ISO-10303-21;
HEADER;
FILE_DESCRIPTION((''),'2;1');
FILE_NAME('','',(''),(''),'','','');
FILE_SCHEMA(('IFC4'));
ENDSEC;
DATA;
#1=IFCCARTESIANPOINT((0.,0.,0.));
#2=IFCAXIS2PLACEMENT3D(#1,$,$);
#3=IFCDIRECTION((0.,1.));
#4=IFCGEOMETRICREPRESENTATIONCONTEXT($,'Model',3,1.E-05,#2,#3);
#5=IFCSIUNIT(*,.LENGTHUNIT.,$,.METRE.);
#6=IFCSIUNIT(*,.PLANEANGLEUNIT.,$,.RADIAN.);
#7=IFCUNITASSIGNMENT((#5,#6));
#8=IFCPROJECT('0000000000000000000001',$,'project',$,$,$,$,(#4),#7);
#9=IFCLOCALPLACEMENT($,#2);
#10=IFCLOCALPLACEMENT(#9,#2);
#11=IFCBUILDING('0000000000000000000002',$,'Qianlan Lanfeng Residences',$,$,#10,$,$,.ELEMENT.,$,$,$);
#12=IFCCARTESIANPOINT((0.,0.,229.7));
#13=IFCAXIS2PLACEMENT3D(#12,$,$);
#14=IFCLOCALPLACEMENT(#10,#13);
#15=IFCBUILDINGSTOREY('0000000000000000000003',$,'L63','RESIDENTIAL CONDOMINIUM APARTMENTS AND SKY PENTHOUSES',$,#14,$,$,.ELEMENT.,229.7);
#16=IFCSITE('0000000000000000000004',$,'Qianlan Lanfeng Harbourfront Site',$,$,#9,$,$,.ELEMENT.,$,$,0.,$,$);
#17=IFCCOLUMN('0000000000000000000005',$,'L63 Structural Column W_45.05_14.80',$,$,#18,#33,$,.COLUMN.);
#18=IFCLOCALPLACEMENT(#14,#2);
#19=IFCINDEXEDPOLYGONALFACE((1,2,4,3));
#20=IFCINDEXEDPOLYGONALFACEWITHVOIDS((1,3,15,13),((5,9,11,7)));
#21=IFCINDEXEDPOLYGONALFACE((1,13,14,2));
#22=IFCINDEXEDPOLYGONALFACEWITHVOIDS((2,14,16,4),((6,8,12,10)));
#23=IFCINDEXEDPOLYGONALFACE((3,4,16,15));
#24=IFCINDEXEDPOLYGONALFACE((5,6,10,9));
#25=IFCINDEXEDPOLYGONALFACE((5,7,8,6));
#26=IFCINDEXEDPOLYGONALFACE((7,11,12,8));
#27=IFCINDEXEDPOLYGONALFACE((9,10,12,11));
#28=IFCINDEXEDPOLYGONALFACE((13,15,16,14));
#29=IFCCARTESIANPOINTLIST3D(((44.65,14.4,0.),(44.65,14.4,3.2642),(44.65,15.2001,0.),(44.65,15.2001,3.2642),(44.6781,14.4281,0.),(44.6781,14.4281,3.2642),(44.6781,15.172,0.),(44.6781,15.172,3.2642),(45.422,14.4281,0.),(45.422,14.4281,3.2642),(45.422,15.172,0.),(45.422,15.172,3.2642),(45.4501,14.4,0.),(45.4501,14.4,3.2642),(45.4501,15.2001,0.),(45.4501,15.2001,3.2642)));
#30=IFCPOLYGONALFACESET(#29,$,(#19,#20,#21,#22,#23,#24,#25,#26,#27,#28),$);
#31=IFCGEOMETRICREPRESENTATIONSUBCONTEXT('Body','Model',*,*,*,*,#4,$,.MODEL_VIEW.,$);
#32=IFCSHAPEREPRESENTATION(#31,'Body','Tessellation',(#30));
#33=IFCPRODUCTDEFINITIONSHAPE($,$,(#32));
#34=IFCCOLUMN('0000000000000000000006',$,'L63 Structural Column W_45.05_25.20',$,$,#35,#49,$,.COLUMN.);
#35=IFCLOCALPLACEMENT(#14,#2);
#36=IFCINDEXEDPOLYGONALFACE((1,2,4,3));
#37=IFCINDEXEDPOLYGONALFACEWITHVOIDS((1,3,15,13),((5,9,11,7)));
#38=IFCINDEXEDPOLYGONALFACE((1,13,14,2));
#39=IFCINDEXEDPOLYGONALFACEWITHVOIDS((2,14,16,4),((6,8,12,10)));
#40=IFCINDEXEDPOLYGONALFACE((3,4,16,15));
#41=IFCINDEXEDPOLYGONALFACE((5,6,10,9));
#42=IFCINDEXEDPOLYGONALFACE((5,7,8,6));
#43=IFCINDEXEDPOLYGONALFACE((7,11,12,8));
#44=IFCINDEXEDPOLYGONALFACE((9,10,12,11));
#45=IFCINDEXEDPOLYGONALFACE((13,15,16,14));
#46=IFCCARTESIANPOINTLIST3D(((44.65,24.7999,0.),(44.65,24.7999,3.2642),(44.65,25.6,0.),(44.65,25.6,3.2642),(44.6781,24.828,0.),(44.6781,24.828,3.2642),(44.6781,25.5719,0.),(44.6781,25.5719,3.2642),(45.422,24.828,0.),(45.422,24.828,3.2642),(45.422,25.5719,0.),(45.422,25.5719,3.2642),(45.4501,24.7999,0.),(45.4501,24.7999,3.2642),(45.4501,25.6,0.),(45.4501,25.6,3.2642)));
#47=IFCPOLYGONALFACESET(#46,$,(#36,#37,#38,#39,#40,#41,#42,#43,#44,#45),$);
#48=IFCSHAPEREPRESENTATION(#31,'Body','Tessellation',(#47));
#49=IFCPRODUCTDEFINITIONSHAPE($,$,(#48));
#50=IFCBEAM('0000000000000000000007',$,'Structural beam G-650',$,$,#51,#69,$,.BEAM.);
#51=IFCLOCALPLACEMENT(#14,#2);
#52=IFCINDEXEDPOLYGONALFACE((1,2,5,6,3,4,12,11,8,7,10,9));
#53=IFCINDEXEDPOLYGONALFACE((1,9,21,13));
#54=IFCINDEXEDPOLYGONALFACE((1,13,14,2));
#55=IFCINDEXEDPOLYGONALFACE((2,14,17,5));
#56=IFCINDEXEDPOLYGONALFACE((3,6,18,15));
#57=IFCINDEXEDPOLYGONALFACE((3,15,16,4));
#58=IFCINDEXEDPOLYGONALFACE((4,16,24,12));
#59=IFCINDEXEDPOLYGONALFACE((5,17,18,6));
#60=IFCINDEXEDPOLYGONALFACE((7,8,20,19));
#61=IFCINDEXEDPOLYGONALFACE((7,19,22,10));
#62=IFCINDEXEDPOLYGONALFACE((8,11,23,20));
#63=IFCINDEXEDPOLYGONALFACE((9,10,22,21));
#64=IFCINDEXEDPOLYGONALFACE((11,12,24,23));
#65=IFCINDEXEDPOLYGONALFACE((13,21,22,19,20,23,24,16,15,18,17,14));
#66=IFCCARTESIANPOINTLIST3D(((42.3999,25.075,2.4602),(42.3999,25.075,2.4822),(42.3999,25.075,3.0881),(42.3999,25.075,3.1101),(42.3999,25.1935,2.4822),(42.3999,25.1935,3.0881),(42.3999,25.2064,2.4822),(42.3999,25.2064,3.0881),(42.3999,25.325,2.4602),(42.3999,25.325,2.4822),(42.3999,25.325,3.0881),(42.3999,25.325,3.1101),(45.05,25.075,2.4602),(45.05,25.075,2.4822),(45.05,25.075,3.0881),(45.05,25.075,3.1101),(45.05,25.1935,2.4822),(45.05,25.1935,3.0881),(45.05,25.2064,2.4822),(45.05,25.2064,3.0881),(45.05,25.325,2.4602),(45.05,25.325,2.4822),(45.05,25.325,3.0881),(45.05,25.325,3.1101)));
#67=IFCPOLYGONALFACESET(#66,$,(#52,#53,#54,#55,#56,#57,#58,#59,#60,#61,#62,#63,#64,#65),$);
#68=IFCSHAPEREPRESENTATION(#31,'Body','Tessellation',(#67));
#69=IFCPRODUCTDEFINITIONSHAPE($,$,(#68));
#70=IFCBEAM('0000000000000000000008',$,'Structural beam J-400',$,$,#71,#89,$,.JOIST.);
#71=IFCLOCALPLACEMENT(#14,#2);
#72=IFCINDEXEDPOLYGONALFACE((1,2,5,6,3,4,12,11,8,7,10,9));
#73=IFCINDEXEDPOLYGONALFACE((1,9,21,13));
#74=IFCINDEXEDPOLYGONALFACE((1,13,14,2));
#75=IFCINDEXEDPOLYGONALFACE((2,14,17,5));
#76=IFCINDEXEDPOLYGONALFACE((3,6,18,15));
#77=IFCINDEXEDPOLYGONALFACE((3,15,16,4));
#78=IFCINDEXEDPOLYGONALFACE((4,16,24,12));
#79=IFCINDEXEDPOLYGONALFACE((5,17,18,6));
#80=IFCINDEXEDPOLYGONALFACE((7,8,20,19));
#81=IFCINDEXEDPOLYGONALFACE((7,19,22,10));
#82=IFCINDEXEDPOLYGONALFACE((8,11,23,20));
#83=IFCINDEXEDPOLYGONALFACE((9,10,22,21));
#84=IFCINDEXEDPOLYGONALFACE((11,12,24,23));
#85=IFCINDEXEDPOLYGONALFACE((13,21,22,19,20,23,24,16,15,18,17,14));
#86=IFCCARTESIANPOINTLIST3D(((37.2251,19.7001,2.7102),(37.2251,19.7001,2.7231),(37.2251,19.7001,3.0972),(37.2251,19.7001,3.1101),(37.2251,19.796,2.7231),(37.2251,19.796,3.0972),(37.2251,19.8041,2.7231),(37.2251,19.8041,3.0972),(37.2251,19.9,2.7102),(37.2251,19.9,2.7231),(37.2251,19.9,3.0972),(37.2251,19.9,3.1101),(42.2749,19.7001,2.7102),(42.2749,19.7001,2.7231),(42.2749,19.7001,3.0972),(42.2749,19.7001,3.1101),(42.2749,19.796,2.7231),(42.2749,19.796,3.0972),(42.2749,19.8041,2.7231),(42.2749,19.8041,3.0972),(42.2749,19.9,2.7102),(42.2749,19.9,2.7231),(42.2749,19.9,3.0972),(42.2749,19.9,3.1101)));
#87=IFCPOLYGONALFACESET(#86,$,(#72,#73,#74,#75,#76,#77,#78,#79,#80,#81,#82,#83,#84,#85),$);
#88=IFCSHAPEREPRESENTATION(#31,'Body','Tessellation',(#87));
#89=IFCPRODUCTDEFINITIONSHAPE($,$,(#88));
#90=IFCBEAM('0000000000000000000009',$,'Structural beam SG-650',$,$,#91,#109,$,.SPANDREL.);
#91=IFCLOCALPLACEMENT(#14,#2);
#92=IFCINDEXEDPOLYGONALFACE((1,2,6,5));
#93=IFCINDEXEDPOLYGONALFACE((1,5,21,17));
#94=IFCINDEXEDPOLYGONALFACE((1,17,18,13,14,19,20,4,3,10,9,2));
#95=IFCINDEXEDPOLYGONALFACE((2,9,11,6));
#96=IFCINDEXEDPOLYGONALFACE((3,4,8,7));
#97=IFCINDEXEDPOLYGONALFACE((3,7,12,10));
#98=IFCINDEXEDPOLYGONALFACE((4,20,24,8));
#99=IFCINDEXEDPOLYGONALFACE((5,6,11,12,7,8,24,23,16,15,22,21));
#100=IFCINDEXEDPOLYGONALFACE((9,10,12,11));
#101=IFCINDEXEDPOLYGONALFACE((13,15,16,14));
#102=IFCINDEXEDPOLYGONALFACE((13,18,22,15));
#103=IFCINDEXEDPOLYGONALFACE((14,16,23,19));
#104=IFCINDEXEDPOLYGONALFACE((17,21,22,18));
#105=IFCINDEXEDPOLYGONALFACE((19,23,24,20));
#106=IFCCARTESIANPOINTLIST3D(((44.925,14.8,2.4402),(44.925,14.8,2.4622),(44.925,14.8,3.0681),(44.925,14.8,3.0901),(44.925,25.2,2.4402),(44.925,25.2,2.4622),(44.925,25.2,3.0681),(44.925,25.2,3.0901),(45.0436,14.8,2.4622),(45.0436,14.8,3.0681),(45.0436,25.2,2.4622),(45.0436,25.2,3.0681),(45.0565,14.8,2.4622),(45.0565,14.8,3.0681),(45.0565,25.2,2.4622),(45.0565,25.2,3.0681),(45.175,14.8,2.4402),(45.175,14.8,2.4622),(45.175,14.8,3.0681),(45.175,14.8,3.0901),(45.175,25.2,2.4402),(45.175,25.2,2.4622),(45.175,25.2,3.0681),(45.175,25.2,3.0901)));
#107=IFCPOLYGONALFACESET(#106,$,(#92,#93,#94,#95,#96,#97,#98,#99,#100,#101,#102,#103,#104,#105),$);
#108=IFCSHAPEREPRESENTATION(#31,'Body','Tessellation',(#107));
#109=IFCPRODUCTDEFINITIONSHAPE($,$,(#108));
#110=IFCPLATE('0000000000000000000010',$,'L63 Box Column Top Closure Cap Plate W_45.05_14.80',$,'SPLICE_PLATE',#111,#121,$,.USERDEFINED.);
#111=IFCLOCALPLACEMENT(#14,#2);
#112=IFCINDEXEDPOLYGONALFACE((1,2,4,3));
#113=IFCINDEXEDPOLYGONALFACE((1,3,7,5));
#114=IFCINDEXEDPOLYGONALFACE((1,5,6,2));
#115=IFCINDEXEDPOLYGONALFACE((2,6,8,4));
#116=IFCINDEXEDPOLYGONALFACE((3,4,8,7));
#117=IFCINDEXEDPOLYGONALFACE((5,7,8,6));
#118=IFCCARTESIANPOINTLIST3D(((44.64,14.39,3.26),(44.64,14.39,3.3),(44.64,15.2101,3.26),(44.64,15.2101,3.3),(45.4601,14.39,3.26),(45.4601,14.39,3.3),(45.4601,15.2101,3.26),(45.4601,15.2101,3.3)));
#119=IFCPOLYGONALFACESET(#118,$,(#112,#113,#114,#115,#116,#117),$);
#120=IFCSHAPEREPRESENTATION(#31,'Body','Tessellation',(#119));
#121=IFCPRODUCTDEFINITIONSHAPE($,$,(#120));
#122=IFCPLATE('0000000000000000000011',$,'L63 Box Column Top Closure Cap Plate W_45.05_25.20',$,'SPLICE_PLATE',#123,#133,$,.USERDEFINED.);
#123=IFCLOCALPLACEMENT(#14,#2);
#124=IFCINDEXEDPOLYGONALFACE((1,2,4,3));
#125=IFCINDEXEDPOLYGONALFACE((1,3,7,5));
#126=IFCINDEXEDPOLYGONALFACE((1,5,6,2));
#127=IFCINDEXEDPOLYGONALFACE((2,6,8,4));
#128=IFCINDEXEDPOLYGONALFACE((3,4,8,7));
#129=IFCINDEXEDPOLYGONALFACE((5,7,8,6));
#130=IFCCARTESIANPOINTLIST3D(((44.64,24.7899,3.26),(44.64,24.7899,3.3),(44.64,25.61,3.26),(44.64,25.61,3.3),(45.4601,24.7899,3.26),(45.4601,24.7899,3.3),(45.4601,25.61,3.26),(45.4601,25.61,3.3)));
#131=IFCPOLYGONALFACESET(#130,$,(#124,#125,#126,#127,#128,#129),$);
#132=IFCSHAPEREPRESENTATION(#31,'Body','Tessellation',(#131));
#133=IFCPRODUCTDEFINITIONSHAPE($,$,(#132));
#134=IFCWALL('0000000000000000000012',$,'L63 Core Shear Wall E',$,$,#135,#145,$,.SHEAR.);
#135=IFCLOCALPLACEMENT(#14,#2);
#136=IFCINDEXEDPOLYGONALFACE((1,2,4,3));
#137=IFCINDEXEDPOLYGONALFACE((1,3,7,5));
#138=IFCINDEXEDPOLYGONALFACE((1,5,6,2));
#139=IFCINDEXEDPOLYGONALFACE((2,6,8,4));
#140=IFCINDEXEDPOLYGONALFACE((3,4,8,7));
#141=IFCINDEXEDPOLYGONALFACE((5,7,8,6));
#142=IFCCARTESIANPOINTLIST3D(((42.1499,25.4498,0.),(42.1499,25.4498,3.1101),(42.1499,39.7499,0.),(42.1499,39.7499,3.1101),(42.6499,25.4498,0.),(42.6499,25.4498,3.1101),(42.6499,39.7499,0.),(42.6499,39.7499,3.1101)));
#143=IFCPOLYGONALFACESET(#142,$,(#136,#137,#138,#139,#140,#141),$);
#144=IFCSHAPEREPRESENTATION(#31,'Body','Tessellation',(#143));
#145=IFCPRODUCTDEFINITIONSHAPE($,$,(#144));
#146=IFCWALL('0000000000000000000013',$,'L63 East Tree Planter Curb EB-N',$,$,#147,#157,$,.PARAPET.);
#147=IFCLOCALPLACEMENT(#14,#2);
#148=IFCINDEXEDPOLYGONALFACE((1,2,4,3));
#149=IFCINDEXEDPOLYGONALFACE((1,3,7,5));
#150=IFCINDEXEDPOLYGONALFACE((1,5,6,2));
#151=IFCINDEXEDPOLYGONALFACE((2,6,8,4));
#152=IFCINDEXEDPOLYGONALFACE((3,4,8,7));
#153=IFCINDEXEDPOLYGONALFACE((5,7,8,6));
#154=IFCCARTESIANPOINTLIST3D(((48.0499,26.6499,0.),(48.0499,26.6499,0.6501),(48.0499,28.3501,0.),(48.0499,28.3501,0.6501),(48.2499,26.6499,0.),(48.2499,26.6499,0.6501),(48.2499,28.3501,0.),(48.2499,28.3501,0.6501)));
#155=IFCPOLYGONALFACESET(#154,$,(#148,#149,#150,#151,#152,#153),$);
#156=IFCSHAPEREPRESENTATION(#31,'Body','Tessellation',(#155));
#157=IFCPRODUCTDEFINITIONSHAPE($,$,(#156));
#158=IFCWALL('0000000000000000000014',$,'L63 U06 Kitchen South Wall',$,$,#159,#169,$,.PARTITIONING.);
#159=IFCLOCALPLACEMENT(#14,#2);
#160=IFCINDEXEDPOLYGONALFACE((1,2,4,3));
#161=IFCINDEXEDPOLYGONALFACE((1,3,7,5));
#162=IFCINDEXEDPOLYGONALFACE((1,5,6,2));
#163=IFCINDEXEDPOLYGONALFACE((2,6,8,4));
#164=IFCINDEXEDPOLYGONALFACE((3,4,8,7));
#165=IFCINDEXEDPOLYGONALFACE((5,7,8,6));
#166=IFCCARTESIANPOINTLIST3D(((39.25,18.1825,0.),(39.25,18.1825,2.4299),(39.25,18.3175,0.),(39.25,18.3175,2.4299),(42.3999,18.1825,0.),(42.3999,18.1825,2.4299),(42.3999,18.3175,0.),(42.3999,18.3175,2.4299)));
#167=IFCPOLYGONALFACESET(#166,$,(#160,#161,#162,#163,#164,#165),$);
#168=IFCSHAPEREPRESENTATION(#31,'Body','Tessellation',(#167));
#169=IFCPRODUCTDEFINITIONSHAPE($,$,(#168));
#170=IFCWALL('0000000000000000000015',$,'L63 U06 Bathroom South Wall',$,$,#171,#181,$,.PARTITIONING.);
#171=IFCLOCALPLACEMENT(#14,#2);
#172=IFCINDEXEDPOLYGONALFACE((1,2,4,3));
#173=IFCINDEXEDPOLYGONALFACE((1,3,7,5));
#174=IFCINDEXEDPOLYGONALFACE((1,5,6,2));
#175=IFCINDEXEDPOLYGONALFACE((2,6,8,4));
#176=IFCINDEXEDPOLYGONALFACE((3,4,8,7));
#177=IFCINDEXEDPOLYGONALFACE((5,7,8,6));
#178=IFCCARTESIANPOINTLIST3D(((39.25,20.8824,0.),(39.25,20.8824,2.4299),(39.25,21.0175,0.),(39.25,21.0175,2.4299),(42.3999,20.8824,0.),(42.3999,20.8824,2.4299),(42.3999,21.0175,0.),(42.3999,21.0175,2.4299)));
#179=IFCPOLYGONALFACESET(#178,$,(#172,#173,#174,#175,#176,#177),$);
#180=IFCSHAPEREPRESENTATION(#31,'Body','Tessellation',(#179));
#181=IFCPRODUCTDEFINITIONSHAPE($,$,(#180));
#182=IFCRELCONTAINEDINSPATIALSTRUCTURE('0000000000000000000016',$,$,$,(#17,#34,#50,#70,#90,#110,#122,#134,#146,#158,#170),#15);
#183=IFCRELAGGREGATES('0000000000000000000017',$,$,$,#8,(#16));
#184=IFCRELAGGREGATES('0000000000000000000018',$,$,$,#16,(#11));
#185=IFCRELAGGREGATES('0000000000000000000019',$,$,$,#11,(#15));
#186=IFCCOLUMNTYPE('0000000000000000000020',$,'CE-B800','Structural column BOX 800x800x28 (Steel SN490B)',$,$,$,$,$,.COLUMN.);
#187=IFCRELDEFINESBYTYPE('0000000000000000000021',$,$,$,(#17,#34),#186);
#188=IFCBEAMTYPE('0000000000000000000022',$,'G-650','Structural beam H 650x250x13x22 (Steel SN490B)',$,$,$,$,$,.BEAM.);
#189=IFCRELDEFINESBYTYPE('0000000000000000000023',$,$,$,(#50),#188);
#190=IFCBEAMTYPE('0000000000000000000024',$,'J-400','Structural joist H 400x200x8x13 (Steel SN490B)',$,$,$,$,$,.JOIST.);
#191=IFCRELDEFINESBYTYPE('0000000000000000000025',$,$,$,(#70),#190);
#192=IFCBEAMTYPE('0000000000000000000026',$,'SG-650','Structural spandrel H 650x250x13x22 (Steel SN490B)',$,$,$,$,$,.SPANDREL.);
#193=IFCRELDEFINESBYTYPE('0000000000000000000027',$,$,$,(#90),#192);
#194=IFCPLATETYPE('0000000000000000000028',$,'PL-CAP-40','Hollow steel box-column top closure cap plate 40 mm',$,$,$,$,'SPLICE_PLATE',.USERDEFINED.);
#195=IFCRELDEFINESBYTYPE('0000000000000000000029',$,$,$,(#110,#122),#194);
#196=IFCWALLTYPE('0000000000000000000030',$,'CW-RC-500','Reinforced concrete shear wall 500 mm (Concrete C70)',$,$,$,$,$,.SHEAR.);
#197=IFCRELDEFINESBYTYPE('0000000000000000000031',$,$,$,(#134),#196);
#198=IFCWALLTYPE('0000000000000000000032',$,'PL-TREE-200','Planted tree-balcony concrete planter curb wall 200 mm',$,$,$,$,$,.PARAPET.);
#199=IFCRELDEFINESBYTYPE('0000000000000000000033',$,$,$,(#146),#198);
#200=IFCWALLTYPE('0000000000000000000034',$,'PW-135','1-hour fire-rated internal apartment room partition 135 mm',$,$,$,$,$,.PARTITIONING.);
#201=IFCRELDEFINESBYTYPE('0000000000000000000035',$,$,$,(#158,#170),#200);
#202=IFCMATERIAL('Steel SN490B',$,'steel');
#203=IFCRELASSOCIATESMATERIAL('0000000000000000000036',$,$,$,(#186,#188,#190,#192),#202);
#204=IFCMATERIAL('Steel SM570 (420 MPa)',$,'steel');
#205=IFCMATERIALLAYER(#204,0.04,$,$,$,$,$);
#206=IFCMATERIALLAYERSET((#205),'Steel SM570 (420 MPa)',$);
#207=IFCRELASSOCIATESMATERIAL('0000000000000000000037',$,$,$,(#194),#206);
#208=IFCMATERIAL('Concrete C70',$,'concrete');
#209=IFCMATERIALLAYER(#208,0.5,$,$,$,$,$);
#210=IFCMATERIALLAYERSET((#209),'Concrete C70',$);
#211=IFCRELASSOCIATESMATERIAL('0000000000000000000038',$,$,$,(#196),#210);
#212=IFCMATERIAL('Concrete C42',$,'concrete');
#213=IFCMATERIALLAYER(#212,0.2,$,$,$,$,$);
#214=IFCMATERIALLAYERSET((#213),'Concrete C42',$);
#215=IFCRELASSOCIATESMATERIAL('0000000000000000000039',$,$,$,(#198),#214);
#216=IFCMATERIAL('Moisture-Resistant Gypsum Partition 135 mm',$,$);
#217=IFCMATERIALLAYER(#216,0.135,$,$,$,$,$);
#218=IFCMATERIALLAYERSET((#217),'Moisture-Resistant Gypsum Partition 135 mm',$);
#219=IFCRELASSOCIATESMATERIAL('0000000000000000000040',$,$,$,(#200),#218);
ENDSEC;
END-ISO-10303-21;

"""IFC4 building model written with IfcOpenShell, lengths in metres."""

from ifc_helpers import new_model, si_unit, direction, frame, frame_2d, origin, origin_2d, place, context, subcontext, project, spatial, rectangle, hollow_rectangle, i_section, extrude, source, transform, mapped, material, layer, layer_set, material_profile, profile_set, type_object, element, save


model = new_model("IFC4")

# Units and contexts
model_context = context("Model", 3, precision=1e-05, world=origin(), true_north=direction((0.0, 1.0)))
body_context = subcontext(model_context, "Body", "Model", "MODEL_VIEW")
ifc_project = project(units=[si_unit("LENGTHUNIT", "METRE"), si_unit("PLANEANGLEUNIT", "RADIAN")], contexts=[model_context])

# Site, building, storey
site_placement = place(None, origin())
site = spatial("IfcSite", under=ifc_project, at=site_placement, Name="Qianlan Lanfeng Harbourfront Site", CompositionType="ELEMENT", RefElevation=0.0)
building_placement = place(site_placement, origin())
building = spatial("IfcBuilding", under=site, at=building_placement, Name="Qianlan Lanfeng Residences", CompositionType="ELEMENT")
storey_placement = place(building_placement, frame((0.0, 0.0, 229.7)))
storey = spatial("IfcBuildingStorey", under=building, at=storey_placement, Name="L63", Description="RESIDENTIAL CONDOMINIUM APARTMENTS AND SKY PENTHOUSES", CompositionType="ELEMENT", Elevation=229.7)

# Columns
ifc_material_1 = material(Name="Steel SN490B", Category="steel")
ifc_material_profile_1 = material_profile(ifc_material_1, hollow_rectangle(XDim=0.8, YDim=0.8, WallThickness=0.0281, at=origin_2d()), Name="BOX 800x800x28")
ifc_profile_set_1 = profile_set([ifc_material_profile_1], Name="Steel SN490B")
column_type = type_object("IfcColumnType", Name="CE-B800", Description="Structural column BOX 800x800x28 (Steel SN490B)", PredefinedType="COLUMN", material=ifc_profile_set_1)
for number, where, z_axis, x_axis, name in (
    (1, (45.05, 14.8, 0.0), (0.0, 0.0, 1.0), (1.0, 0.0, 0.0), "L63 Structural Column W_45.05_14.80"),
    (2, (45.05, 25.2, 0.0), (0.0, 0.0, 1.0), (1.0, 0.0, 0.0), "L63 Structural Column W_45.05_25.20"),
):
    element("IfcColumn", number, at=place(storey_placement, frame(where, z_axis=z_axis, x_axis=x_axis)), inside=storey, type_object=column_type, Name=name, PredefinedType="COLUMN", context=body_context, shape_type="SweptSolid", body=[
        extrude(hollow_rectangle(XDim=0.8, YDim=0.8, WallThickness=0.0281, at=origin_2d()), origin(), (0.0, 0.0, 1.0), 3.2642),
    ])

# Beams
ifc_material_profile_2 = material_profile(ifc_material_1, i_section(OverallWidth=0.25, OverallDepth=0.6499, WebThickness=0.0129, FlangeThickness=0.022, at=origin_2d()), Name="H 650x250x13x22")
ifc_profile_set_2 = profile_set([ifc_material_profile_2], Name="Steel SN490B")
beam_type_1 = type_object("IfcBeamType", Name="G-650", Description="Structural beam H 650x250x13x22 (Steel SN490B)", PredefinedType="BEAM", material=ifc_profile_set_2)
beam_1_placement = place(storey_placement, frame((42.3999, 25.2, 2.7852), z_axis=(1.0, 0.0, 0.0), x_axis=(0.0, 1.0, 0.0)))
element("IfcBeam", 3, at=beam_1_placement, inside=storey, type_object=beam_type_1, Name="Structural beam G-650", PredefinedType="BEAM", context=body_context, shape_type="SweptSolid", body=[
    extrude(i_section(OverallWidth=0.25, OverallDepth=0.6499, WebThickness=0.0129, FlangeThickness=0.022, at=origin_2d()), origin(), (0.0, 0.0, 1.0), 2.6501),
])
ifc_material_profile_3 = material_profile(ifc_material_1, i_section(OverallWidth=0.2, OverallDepth=0.3999, WebThickness=0.0081, FlangeThickness=0.0129, at=origin_2d()), Name="H 400x200x8x13")
ifc_profile_set_3 = profile_set([ifc_material_profile_3], Name="Steel SN490B")
beam_type_2 = type_object("IfcBeamType", Name="J-400", Description="Structural joist H 400x200x8x13 (Steel SN490B)", PredefinedType="JOIST", material=ifc_profile_set_3)
beam_2_placement = place(storey_placement, frame((37.2251, 19.8, 2.9102), z_axis=(1.0, 0.0, 0.0), x_axis=(0.0, 1.0, 0.0)))
element("IfcBeam", 4, at=beam_2_placement, inside=storey, type_object=beam_type_2, Name="Structural beam J-400", PredefinedType="JOIST", context=body_context, shape_type="SweptSolid", body=[
    extrude(i_section(OverallWidth=0.2, OverallDepth=0.3999, WebThickness=0.0081, FlangeThickness=0.0129, at=origin_2d()), origin(), (0.0, 0.0, 1.0), 5.0498),
])
ifc_material_profile_4 = material_profile(ifc_material_1, i_section(OverallWidth=0.25, OverallDepth=0.6499, WebThickness=0.0129, FlangeThickness=0.022, at=origin_2d()), Name="H 650x250x13x22")
ifc_profile_set_4 = profile_set([ifc_material_profile_4], Name="Steel SN490B")
beam_type_3 = type_object("IfcBeamType", Name="SG-650", Description="Structural spandrel H 650x250x13x22 (Steel SN490B)", PredefinedType="SPANDREL", material=ifc_profile_set_4)
beam_3_placement = place(storey_placement, frame((45.05, 14.8, 2.7651), z_axis=(0.0, 1.0, 0.0), x_axis=(-1.0, 0.0, 0.0)))
element("IfcBeam", 5, at=beam_3_placement, inside=storey, type_object=beam_type_3, Name="Structural beam SG-650", PredefinedType="SPANDREL", context=body_context, shape_type="SweptSolid", body=[
    extrude(i_section(OverallWidth=0.25, OverallDepth=0.6499, WebThickness=0.0129, FlangeThickness=0.022, at=origin_2d()), origin(), (0.0, 0.0, 1.0), 10.3999),
])

# Plates
ifc_material_2 = material(Name="Steel SM570 (420 MPa)", Category="steel")
ifc_layer_1 = layer(ifc_material_2, 0.04)
ifc_layer_set_1 = layer_set([ifc_layer_1], Name="Steel SM570 (420 MPa)")
plate_type = type_object("IfcPlateType", Name="PL-CAP-40", Description="Hollow steel box-column top closure cap plate 40 mm", ElementType="SPLICE_PLATE", PredefinedType="USERDEFINED", material=ifc_layer_set_1)
shared_shape_1 = source(origin(), body_context, "Body", "SweptSolid", [
    extrude(rectangle(XDim=0.8201, YDim=0.8201, at=origin_2d()), origin(), (0.0, 0.0, 1.0), 0.04),
])
for number, where, z_axis, x_axis, name in (
    (6, (45.05, 14.8, 3.26), (0.0, 0.0, 1.0), (1.0, 0.0, 0.0), "L63 Box Column Top Closure Cap Plate W_45.05_14.80"),
    (7, (45.05, 25.2, 3.26), (0.0, 0.0, 1.0), (1.0, 0.0, 0.0), "L63 Box Column Top Closure Cap Plate W_45.05_25.20"),
):
    element("IfcPlate", number, at=place(storey_placement, frame(where, z_axis=z_axis, x_axis=x_axis)), inside=storey, type_object=plate_type, Name=name, ObjectType="SPLICE_PLATE", PredefinedType="USERDEFINED", context=body_context, shape_type="MappedRepresentation", body=[
        mapped(shared_shape_1, transform((0.0, 0.0, 0.0), scale=1.0)),
    ])

# Walls
ifc_material_3 = material(Name="Concrete C70", Category="concrete")
ifc_layer_2 = layer(ifc_material_3, 0.5)
ifc_layer_set_2 = layer_set([ifc_layer_2], Name="Concrete C70")
wall_type_1 = type_object("IfcWallType", Name="CW-RC-500", Description="Reinforced concrete shear wall 500 mm (Concrete C70)", PredefinedType="SHEAR", material=ifc_layer_set_2)
wall_1_placement = place(storey_placement, frame((42.3999, 25.45, 0.0), z_axis=(0.0, 0.0, 1.0), x_axis=(0.0, 1.0, 0.0)))
element("IfcWall", 8, at=wall_1_placement, inside=storey, type_object=wall_type_1, Name="L63 Core Shear Wall E", PredefinedType="SHEAR", context=body_context, shape_type="SweptSolid", body=[
    extrude(rectangle(XDim=14.3, YDim=0.5, at=frame_2d((7.1499, 0.0))), origin(), (0.0, 0.0, 1.0), 3.1101),
])
ifc_material_4 = material(Name="Concrete C42", Category="concrete")
ifc_layer_3 = layer(ifc_material_4, 0.2)
ifc_layer_set_3 = layer_set([ifc_layer_3], Name="Concrete C42")
wall_type_2 = type_object("IfcWallType", Name="PL-TREE-200", Description="Planted tree-balcony concrete planter curb wall 200 mm", PredefinedType="PARAPET", material=ifc_layer_set_3)
wall_2_placement = place(storey_placement, frame((48.1499, 26.6499, 0.0), z_axis=(0.0, 0.0, 1.0), x_axis=(0.0, 1.0, 0.0)))
element("IfcWall", 9, at=wall_2_placement, inside=storey, type_object=wall_type_2, Name="L63 East Tree Planter Curb EB-N", PredefinedType="PARAPET", context=body_context, shape_type="SweptSolid", body=[
    extrude(rectangle(XDim=1.7002, YDim=0.2, at=frame_2d((0.8501, 0.0))), origin(), (0.0, 0.0, 1.0), 0.6501),
])

# Shared definitions
ifc_material_5 = material(Name="Moisture-Resistant Gypsum Partition 135 mm")
ifc_layer_4 = layer(ifc_material_5, 0.135)
ifc_layer_set_4 = layer_set([ifc_layer_4], Name="Moisture-Resistant Gypsum Partition 135 mm")
wall_type_3 = type_object("IfcWallType", Name="PW-135", Description="1-hour fire-rated internal apartment room partition 135 mm", PredefinedType="PARTITIONING", material=ifc_layer_set_4)

# Walls
for number, where, z_axis, x_axis, name in (
    (10, (39.25, 18.25, 0.0), (0.0, 0.0, 1.0), (1.0, 0.0, 0.0), "L63 U06 Kitchen South Wall"),
    (11, (39.25, 20.95, 0.0), (0.0, 0.0, 1.0), (1.0, 0.0, 0.0), "L63 U06 Bathroom South Wall"),
):
    element("IfcWall", number, at=place(storey_placement, frame(where, z_axis=z_axis, x_axis=x_axis)), inside=storey, type_object=wall_type_3, Name=name, PredefinedType="PARTITIONING", context=body_context, shape_type="SweptSolid", body=[
        extrude(rectangle(XDim=3.1499, YDim=0.135, at=frame_2d((1.575, 0.0))), origin(), (0.0, 0.0, 1.0), 2.4299),
    ])

save(model, "model.ifc")
